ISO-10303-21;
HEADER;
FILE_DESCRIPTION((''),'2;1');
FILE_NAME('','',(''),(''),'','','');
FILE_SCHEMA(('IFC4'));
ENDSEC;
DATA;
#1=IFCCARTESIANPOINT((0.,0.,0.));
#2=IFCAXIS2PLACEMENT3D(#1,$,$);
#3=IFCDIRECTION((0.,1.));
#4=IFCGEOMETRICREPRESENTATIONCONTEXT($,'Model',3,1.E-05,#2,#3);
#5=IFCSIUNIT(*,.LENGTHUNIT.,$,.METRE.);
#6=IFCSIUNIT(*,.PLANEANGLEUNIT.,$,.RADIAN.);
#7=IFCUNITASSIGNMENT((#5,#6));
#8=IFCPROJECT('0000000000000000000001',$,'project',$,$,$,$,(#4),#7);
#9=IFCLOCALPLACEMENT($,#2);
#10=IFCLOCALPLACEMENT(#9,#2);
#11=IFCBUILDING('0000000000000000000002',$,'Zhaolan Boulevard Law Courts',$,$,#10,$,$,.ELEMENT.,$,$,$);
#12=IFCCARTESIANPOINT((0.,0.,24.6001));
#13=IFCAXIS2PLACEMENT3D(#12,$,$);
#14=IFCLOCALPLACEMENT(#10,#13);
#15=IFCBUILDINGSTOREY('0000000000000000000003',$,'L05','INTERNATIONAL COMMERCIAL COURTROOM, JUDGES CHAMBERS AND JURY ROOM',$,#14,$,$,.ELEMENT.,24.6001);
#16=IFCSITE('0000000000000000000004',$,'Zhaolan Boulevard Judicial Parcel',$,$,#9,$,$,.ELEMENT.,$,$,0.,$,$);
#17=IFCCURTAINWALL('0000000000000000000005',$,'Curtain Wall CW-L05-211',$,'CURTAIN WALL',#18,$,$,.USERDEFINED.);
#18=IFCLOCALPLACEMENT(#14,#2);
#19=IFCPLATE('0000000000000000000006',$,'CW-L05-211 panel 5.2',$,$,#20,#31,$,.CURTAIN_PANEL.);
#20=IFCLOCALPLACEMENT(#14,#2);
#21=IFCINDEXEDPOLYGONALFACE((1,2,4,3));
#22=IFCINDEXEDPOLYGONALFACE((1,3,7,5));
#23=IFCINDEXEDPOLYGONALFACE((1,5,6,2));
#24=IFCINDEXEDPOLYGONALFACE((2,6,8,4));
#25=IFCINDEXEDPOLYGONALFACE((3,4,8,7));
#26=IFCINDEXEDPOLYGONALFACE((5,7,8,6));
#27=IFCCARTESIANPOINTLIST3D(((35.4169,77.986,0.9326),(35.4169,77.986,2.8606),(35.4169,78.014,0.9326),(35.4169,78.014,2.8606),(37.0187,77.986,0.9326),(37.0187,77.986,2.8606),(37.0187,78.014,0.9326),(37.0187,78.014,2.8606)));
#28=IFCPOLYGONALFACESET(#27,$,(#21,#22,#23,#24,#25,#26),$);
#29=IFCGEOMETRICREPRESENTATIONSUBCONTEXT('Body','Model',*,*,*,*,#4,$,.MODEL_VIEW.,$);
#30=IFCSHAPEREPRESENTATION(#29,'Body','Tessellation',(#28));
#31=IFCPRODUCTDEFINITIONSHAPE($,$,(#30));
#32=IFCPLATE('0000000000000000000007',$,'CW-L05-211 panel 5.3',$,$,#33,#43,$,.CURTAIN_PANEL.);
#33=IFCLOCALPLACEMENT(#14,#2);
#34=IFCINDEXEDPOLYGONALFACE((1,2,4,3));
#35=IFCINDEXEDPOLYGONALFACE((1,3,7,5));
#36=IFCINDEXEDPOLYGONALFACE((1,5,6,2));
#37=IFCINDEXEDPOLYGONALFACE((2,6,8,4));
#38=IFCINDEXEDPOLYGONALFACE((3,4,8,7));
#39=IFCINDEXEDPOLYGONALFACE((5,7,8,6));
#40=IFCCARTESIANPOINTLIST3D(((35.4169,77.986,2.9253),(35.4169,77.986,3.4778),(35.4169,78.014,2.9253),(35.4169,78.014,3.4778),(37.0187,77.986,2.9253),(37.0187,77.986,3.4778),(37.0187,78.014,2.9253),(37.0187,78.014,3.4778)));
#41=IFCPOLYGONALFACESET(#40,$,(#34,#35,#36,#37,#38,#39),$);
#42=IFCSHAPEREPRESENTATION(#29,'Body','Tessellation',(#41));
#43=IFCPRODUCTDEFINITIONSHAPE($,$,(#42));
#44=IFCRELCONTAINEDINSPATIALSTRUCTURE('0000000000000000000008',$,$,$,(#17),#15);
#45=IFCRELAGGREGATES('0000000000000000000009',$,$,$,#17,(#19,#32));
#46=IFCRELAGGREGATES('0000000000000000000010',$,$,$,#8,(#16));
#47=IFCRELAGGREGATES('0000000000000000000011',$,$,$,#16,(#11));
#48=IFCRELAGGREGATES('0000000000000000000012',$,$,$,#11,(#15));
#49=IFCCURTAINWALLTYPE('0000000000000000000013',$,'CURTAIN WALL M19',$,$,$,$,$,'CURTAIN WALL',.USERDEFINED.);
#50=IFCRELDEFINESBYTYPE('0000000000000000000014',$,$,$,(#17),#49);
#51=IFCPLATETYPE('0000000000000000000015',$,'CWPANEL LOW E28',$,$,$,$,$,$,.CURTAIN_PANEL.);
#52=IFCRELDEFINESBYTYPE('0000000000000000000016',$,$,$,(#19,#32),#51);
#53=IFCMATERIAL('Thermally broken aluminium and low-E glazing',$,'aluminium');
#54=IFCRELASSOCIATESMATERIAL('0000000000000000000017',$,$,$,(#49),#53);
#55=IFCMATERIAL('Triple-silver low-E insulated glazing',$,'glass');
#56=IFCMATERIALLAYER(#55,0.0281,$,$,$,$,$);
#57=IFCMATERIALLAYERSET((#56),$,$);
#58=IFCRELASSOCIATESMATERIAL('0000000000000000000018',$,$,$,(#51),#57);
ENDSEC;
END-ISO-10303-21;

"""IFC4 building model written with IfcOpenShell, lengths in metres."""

from ifc_helpers import new_model, si_unit, direction, frame, origin, origin_2d, place, context, subcontext, project, spatial, rectangle, extrude, material, layer, layer_set, type_object, element, aggregate, save


model = new_model("IFC4")

# Units and contexts
model_context = context("Model", 3, precision=1e-05, world=origin(), true_north=direction((0.0, 1.0)))
body_context = subcontext(model_context, "Body", "Model", "MODEL_VIEW")
ifc_project = project(units=[si_unit("LENGTHUNIT", "METRE"), si_unit("PLANEANGLEUNIT", "RADIAN")], contexts=[model_context])

# Site, building, storey
site_placement = place(None, origin())
site = spatial("IfcSite", under=ifc_project, at=site_placement, Name="Zhaolan Boulevard Judicial Parcel", CompositionType="ELEMENT", RefElevation=0.0)
building_placement = place(site_placement, origin())
building = spatial("IfcBuilding", under=site, at=building_placement, Name="Zhaolan Boulevard Law Courts", CompositionType="ELEMENT")
storey_placement = place(building_placement, frame((0.0, 0.0, 24.6001)))
storey = spatial("IfcBuildingStorey", under=building, at=storey_placement, Name="L05", Description="INTERNATIONAL COMMERCIAL COURTROOM, JUDGES CHAMBERS AND JURY ROOM", CompositionType="ELEMENT", Elevation=24.6001)

# Curtain wall
ifc_material_1 = material(Name="Thermally broken aluminium and low-E glazing", Category="aluminium")
curtain_wall_type_1 = type_object("IfcCurtainWallType", Name="CURTAIN WALL M19", ElementType="CURTAIN WALL", PredefinedType="USERDEFINED", material=ifc_material_1)
curtain_wall_1_placement = place(storey_placement, origin())
curtain_wall_1 = element("IfcCurtainWall", 1, at=curtain_wall_1_placement, inside=storey, type_object=curtain_wall_type_1, Name="Curtain Wall CW-L05-211", ObjectType="CURTAIN WALL", PredefinedType="USERDEFINED")

# Plates
ifc_material_2 = material(Name="Triple-silver low-E insulated glazing", Category="glass")
ifc_layer = layer(ifc_material_2, 0.0281)
ifc_layer_set = layer_set([ifc_layer])
plate_type = type_object("IfcPlateType", Name="CWPANEL LOW E28", PredefinedType="CURTAIN_PANEL", material=ifc_layer_set)
plate_1_placement = place(storey_placement, frame((36.2178, 78.0, 0.9326), z_axis=(0.0, 0.0, 1.0), x_axis=(-1.0, 0.0, 0.0)))
plate_1 = element("IfcPlate", 2, at=plate_1_placement, type_object=plate_type, Name="CW-L05-211 panel 5.2", PredefinedType="CURTAIN_PANEL", context=body_context, shape_type="SweptSolid", body=[
    extrude(rectangle(XDim=1.6018, YDim=0.0281, at=origin_2d()), origin(), (0.0, 0.0, 1.0), 1.928),
])
plate_2_placement = place(storey_placement, frame((36.2178, 78.0, 2.9253), z_axis=(0.0, 0.0, 1.0), x_axis=(-1.0, 0.0, 0.0)))
plate_2 = element("IfcPlate", 3, at=plate_2_placement, type_object=plate_type, Name="CW-L05-211 panel 5.3", PredefinedType="CURTAIN_PANEL", context=body_context, shape_type="SweptSolid", body=[
    extrude(rectangle(XDim=1.6018, YDim=0.0281, at=origin_2d()), origin(), (0.0, 0.0, 1.0), 0.5525),
])
aggregate(curtain_wall_1, [plate_1, plate_2])

save(model, "model.ifc")
